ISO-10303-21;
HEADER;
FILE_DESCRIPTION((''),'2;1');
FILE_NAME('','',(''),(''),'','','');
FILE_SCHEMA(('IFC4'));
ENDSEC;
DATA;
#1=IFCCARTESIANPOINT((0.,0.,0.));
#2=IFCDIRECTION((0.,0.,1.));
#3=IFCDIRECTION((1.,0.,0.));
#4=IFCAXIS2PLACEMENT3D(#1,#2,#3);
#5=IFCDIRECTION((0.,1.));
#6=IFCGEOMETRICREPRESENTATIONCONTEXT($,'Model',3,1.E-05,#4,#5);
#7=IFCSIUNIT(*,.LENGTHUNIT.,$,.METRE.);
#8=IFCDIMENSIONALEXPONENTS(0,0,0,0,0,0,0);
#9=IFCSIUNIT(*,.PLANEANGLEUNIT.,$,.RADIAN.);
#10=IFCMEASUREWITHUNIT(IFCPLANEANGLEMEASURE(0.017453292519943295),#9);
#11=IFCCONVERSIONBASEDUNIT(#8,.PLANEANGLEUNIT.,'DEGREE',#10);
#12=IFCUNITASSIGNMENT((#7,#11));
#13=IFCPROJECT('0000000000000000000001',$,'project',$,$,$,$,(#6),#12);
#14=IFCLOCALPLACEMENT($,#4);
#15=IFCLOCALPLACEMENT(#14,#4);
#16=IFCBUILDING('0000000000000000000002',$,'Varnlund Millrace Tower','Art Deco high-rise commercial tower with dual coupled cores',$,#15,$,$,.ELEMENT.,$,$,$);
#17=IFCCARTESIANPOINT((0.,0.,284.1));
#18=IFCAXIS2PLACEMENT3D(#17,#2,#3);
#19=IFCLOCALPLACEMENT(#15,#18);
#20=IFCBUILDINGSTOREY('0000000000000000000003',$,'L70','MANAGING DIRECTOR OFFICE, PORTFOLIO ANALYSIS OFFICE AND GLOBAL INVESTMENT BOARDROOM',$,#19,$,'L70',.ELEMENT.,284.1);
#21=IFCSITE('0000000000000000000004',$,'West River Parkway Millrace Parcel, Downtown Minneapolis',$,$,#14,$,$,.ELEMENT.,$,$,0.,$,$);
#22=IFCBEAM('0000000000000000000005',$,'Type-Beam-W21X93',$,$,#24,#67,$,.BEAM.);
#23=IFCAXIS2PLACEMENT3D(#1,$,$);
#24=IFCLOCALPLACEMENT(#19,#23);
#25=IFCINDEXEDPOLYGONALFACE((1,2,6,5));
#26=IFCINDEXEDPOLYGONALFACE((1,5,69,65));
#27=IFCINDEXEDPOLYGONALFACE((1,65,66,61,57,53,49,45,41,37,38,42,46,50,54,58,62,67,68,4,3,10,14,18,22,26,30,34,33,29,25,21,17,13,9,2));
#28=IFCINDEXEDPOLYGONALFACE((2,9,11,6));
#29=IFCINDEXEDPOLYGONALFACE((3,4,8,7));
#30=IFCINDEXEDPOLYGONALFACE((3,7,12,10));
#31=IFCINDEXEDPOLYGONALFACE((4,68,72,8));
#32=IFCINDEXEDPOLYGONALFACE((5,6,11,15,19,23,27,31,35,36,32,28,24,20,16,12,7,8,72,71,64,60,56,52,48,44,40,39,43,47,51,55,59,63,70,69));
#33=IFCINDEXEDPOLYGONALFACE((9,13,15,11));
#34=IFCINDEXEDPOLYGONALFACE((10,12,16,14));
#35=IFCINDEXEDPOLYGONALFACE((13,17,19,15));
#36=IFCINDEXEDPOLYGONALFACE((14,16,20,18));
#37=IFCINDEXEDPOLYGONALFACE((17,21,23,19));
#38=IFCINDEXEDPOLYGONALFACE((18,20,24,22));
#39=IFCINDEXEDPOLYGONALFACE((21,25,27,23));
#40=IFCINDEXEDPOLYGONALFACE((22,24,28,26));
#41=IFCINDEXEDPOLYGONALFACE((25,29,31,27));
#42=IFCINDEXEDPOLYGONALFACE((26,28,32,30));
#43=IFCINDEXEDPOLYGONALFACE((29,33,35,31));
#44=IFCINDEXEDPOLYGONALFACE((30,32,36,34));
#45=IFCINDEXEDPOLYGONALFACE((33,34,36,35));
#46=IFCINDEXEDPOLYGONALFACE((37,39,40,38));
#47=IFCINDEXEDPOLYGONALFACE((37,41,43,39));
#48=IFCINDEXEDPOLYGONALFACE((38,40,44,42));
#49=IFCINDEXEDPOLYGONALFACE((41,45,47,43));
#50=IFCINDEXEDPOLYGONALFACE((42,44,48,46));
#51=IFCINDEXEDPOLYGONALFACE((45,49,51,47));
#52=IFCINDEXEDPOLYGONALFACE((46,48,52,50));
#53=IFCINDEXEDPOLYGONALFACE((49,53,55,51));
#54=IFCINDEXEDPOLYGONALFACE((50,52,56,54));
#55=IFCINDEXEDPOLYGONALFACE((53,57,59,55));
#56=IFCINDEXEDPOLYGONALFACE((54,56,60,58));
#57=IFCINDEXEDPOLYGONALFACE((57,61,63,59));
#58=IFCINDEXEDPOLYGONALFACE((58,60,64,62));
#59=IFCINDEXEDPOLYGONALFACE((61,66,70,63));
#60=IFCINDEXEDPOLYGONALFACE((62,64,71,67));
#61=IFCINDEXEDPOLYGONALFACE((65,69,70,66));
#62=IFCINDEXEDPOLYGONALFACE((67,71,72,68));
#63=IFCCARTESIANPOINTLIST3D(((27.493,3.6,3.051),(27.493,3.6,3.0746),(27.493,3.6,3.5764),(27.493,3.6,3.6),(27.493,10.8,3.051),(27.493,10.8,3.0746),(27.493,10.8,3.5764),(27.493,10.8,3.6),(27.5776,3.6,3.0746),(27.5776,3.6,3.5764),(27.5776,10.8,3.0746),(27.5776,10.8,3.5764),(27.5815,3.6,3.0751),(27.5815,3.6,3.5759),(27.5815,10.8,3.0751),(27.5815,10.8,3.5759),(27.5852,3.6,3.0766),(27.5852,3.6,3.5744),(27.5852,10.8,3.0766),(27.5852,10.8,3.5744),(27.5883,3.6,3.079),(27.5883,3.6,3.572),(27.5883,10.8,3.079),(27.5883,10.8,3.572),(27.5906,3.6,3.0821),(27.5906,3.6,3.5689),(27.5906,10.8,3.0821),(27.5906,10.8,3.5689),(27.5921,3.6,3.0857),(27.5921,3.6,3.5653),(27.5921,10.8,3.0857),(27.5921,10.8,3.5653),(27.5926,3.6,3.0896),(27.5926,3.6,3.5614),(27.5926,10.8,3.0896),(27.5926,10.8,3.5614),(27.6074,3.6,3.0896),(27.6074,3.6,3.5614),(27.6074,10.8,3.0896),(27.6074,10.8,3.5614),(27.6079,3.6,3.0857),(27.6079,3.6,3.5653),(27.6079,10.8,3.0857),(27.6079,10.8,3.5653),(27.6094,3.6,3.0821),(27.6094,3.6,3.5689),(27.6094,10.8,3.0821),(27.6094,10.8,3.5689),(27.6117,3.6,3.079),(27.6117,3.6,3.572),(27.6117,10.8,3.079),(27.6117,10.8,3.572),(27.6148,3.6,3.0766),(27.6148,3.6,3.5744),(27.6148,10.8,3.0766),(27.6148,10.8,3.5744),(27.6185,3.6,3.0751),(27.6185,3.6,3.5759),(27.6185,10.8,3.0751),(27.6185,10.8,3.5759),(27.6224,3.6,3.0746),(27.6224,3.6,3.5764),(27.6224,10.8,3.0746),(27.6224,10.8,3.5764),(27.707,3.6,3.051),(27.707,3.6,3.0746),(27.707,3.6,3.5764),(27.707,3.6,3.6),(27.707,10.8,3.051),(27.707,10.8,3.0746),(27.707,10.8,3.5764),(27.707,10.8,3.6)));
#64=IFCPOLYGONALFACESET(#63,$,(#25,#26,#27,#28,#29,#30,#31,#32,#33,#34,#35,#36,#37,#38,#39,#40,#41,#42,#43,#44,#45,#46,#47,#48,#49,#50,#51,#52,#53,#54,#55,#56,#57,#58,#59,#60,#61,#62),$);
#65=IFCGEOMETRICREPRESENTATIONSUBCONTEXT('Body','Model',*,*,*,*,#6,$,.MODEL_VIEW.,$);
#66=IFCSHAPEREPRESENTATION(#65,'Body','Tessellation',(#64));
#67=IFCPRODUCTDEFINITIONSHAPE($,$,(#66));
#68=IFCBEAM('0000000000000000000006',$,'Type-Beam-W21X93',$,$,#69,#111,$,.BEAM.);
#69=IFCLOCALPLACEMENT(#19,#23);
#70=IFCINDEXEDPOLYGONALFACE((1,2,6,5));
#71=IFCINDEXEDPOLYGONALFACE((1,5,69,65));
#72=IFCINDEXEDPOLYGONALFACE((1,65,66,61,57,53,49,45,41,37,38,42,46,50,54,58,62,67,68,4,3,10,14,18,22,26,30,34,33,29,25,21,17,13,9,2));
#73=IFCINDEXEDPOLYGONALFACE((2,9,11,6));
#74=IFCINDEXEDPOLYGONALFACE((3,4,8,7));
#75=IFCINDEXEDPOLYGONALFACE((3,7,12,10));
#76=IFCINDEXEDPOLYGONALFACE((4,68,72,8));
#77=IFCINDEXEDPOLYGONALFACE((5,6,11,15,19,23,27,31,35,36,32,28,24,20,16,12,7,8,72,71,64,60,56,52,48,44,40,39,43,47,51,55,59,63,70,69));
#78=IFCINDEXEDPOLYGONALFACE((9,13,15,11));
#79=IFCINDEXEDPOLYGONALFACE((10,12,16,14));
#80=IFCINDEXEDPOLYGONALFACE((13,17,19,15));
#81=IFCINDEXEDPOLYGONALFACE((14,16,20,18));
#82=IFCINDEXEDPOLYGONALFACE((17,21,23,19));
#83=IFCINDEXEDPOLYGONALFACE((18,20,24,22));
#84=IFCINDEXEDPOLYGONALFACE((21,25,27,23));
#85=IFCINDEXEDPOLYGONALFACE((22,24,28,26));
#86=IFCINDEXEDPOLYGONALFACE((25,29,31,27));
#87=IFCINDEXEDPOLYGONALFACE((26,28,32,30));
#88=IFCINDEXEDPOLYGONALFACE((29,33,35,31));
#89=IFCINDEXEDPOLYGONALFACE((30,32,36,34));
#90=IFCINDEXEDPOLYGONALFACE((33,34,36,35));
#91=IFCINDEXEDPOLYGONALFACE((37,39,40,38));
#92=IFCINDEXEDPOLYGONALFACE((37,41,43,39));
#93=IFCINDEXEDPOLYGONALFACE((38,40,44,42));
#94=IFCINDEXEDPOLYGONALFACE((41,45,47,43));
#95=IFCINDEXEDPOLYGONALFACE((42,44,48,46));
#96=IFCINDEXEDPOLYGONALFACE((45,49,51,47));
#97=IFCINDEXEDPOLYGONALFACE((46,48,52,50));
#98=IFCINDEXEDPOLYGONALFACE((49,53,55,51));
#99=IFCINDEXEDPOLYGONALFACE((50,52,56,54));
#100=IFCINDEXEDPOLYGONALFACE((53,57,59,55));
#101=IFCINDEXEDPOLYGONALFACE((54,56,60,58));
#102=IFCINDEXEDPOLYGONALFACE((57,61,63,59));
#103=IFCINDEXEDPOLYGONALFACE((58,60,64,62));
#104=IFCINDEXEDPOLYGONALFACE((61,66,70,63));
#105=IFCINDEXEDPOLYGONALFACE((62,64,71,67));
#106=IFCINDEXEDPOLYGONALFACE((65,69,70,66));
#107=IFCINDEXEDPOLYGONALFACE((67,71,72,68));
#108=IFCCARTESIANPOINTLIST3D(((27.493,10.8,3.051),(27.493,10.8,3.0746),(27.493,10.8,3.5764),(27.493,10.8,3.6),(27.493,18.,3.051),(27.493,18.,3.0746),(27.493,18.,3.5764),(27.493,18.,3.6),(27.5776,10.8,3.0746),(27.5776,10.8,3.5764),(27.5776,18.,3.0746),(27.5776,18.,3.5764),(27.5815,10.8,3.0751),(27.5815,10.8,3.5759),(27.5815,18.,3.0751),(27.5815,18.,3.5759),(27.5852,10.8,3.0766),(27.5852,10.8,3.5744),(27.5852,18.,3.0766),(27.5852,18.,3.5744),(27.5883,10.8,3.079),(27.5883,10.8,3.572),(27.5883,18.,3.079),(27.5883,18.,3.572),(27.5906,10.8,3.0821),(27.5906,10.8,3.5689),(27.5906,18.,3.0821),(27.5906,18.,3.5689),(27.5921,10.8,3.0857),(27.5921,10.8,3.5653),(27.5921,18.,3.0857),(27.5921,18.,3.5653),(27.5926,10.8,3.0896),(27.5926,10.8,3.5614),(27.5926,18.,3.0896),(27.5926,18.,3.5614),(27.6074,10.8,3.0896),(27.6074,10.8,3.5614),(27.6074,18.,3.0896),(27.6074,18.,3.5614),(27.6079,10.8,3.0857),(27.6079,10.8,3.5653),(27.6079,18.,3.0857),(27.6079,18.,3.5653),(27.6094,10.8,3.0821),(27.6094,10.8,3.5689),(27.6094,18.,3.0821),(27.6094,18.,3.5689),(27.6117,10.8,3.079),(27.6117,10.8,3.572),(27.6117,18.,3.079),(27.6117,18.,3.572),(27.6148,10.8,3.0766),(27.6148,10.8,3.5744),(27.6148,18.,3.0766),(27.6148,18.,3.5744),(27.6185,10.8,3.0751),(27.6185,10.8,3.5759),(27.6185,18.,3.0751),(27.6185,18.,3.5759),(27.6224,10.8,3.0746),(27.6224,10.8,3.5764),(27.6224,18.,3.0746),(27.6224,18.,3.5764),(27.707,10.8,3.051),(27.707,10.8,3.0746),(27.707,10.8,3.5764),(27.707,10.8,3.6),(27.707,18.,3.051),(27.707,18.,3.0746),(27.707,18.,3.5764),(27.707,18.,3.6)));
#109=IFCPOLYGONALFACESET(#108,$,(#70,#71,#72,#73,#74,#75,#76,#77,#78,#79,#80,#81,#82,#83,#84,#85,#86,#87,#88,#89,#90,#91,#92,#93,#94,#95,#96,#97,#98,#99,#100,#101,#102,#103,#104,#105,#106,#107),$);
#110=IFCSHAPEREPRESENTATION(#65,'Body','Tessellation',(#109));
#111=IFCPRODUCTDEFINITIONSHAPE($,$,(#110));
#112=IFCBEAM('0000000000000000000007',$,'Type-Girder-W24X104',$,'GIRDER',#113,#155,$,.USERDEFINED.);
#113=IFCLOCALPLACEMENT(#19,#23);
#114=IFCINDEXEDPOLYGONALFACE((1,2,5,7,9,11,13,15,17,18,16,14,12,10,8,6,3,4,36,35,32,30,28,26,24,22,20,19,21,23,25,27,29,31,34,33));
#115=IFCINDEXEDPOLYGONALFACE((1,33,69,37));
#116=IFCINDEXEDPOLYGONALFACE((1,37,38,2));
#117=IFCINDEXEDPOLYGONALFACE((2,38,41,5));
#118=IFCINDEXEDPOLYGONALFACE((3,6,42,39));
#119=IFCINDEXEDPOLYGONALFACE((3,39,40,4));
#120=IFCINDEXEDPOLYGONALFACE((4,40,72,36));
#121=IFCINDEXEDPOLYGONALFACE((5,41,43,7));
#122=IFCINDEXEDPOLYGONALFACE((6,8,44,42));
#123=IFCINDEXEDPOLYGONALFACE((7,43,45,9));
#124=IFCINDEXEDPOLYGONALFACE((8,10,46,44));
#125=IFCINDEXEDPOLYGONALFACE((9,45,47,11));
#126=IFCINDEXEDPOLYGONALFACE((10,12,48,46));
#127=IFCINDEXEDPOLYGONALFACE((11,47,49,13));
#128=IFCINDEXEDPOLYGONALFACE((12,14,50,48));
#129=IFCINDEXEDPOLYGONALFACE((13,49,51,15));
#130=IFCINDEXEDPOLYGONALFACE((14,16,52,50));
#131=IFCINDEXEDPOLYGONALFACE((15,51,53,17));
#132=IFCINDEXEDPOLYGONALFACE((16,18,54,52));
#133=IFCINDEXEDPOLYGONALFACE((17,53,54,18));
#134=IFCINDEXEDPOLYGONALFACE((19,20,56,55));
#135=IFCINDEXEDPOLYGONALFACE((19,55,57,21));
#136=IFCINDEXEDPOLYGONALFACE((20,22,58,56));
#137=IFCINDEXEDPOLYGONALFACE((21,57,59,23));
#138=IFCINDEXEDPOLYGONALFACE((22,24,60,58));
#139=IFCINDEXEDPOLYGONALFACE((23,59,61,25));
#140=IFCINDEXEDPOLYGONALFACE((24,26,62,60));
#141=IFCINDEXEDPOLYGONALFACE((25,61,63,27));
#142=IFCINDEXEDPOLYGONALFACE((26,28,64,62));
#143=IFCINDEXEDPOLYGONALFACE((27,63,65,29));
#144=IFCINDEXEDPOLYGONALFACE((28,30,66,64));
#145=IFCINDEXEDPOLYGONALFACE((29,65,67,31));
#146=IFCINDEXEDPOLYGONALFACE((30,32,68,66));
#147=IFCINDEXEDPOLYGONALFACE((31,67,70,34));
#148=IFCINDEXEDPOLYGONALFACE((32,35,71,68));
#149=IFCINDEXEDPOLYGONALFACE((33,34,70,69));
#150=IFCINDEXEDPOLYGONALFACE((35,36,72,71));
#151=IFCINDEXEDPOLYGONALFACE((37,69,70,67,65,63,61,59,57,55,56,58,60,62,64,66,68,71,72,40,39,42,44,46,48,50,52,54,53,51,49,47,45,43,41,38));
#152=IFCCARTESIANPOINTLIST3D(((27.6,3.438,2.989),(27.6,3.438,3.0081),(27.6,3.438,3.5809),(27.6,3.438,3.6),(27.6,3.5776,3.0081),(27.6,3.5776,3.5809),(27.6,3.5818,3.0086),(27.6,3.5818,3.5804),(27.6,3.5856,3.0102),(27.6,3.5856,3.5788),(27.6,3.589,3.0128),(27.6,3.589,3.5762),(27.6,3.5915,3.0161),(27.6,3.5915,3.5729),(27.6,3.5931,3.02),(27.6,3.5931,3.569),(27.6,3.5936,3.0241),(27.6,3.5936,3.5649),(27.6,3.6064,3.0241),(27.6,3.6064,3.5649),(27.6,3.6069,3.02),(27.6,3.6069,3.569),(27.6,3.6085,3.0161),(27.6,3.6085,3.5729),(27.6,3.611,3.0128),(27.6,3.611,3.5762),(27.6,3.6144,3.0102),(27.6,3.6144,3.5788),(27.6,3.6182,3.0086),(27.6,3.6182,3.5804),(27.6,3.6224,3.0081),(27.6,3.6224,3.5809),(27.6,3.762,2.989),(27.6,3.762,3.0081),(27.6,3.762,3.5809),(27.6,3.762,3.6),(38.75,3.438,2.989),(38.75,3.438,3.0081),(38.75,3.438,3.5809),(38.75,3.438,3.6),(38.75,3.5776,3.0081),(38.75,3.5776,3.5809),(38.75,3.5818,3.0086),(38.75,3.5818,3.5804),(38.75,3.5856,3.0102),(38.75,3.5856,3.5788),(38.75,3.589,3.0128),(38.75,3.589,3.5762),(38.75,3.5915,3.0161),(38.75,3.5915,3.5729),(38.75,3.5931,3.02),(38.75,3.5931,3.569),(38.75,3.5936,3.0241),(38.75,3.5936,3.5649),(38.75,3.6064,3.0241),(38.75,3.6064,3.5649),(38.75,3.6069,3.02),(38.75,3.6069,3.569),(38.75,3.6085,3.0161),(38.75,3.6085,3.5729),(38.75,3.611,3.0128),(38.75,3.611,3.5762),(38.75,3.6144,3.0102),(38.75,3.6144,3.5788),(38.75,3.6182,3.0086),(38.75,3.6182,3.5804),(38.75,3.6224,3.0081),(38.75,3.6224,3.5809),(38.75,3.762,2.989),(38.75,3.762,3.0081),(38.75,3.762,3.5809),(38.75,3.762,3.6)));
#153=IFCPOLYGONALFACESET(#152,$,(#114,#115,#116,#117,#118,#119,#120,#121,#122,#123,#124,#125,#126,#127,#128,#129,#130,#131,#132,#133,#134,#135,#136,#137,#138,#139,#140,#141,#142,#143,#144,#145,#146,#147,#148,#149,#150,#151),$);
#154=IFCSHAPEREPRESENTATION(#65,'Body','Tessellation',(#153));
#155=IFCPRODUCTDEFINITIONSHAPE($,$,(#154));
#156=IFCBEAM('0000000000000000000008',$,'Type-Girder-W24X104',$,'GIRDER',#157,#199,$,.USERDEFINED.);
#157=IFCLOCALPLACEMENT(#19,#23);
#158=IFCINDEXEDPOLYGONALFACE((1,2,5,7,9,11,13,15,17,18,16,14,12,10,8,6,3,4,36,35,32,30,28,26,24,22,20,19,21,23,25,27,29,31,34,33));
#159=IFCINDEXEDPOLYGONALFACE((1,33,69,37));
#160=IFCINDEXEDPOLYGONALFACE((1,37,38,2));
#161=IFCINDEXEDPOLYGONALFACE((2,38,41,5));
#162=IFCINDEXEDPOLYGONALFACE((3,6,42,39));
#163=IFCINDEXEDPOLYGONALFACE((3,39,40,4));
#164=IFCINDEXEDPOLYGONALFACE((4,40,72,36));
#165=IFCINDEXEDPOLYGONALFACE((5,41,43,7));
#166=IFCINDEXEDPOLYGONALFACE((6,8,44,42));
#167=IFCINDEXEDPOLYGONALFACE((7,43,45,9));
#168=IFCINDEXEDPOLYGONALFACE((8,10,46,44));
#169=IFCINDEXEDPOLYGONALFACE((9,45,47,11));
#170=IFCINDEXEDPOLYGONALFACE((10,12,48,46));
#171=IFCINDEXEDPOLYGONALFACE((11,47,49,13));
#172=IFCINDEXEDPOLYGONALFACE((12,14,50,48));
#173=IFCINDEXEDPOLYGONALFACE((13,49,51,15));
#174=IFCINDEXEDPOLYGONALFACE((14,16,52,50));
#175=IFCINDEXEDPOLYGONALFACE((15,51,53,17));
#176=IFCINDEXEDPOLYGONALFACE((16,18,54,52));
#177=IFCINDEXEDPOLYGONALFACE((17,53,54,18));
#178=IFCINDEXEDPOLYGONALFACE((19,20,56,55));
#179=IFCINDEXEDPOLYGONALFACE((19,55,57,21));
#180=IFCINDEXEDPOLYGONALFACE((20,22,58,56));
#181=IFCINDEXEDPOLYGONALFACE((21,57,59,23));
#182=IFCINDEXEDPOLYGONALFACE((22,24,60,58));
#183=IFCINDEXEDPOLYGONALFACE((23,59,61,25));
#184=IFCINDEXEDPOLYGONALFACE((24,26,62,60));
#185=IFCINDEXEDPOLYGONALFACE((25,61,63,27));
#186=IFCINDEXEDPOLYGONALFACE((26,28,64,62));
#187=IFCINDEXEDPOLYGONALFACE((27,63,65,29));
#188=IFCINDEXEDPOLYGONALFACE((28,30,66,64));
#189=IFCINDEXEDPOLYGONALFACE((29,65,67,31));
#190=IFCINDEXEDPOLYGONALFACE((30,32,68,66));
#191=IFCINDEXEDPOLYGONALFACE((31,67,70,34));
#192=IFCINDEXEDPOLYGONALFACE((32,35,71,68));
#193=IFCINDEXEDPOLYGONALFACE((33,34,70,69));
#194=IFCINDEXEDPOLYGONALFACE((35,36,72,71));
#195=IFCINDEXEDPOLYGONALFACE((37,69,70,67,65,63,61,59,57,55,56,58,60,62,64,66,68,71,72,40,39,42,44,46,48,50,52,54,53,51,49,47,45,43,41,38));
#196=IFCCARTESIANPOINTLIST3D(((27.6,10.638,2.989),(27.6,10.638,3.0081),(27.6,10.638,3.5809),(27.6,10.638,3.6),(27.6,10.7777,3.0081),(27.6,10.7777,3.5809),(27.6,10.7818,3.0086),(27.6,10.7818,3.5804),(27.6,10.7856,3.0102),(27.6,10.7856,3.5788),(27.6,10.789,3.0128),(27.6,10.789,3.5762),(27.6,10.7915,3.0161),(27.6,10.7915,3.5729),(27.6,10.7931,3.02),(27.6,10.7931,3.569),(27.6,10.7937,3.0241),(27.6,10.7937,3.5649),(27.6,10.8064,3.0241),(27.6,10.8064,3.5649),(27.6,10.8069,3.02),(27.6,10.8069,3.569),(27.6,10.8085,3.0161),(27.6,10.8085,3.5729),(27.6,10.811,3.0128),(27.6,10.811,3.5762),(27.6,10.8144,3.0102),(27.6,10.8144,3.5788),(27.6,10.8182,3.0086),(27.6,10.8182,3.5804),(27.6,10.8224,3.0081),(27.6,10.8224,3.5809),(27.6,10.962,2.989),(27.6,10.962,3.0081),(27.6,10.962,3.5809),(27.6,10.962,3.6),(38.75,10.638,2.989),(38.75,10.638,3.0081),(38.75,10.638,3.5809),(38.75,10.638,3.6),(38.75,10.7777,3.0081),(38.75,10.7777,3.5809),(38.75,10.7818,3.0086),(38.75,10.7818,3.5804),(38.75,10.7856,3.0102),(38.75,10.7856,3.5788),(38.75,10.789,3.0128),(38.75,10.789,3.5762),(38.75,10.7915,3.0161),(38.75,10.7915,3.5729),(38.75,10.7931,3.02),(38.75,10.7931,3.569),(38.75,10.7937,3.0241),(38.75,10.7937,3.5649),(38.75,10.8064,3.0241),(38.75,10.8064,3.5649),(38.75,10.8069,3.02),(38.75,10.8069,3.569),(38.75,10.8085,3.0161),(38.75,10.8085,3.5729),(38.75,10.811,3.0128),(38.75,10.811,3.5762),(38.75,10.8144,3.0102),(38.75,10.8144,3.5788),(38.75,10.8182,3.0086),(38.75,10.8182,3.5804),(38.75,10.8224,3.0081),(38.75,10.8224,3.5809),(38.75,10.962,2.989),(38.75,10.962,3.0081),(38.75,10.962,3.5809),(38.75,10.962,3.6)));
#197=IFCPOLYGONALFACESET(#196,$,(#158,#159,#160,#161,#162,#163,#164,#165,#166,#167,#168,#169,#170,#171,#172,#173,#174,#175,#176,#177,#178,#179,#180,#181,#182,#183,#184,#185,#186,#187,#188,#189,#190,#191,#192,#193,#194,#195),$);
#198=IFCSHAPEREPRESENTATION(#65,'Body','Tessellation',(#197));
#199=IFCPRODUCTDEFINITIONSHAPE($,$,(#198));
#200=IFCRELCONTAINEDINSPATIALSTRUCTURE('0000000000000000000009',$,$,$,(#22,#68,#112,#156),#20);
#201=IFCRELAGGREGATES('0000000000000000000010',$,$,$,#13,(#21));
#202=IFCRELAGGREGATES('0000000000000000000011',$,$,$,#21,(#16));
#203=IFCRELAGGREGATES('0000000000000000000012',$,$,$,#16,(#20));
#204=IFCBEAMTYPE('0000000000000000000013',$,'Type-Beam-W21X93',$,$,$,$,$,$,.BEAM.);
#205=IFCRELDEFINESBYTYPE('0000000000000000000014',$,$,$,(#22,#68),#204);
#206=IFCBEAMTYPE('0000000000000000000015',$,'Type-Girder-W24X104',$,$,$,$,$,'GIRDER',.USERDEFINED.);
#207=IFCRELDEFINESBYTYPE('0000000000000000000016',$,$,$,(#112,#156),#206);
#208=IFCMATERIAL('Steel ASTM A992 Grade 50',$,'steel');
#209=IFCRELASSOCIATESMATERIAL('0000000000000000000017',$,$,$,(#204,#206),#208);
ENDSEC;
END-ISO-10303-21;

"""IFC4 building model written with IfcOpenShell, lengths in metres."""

from ifc_helpers import new_model, entity, si_unit, converted_unit, direction, frame, origin_with_axes, origin_2d_with_axis, place, context, subcontext, project, spatial, i_section, extrude, material, material_profile, profile_set, type_object, element, save


model = new_model("IFC4")

# Units and contexts
model_context = context("Model", 3, precision=1e-05, world=origin_with_axes(), true_north=direction((0.0, 1.0)))
body_context = subcontext(model_context, "Body", "Model", "MODEL_VIEW")
ifc_project = project(units=[si_unit("LENGTHUNIT", "METRE"), converted_unit("PLANEANGLEUNIT", "DEGREE", entity("IfcPlaneAngleMeasure", 0.017453292519943295), si_unit("PLANEANGLEUNIT", "RADIAN"), dimensions=[0, 0, 0, 0, 0, 0, 0])], contexts=[model_context])

# Site, building, storey
site_placement = place(None, origin_with_axes())
site = spatial("IfcSite", under=ifc_project, at=site_placement, Name="West River Parkway Millrace Parcel, Downtown Minneapolis", CompositionType="ELEMENT", RefElevation=0.0)
building_placement = place(site_placement, origin_with_axes())
building = spatial("IfcBuilding", under=site, at=building_placement, Name="Varnlund Millrace Tower", Description="Art Deco high-rise commercial tower with dual coupled cores", CompositionType="ELEMENT")
storey_placement = place(building_placement, frame((0.0, 0.0, 284.1), z_axis=(0.0, 0.0, 1.0), x_axis=(1.0, 0.0, 0.0)))
storey = spatial("IfcBuildingStorey", under=building, at=storey_placement, Name="L70", Description="MANAGING DIRECTOR OFFICE, PORTFOLIO ANALYSIS OFFICE AND GLOBAL INVESTMENT BOARDROOM", LongName="L70", CompositionType="ELEMENT", Elevation=284.1)

# Beams
ifc_material_1 = material(Name="Steel ASTM A992 Grade 50", Category="steel")
ifc_material_profile_1 = material_profile(ifc_material_1, i_section(OverallWidth=0.214, OverallDepth=0.549, WebThickness=0.0147, FlangeThickness=0.0236, FilletRadius=0.015, at=origin_2d_with_axis()), Name="Steel ASTM A992 Grade 50")
ifc_profile_set_1 = profile_set([ifc_material_profile_1], Name="Steel ASTM A992 Grade 50")
beam_type_1 = type_object("IfcBeamType", Name="Type-Beam-W21X93", PredefinedType="BEAM", material=ifc_profile_set_1)
for number, where, z_axis, x_axis, name in (
    (1, (27.6, 3.6, 3.3255), (0.0, 1.0, 0.0), (-1.0, 0.0, 0.0), "Type-Beam-W21X93"),
    (2, (27.6, 10.8, 3.3255), (0.0, 1.0, 0.0), (-1.0, 0.0, 0.0), "Type-Beam-W21X93"),
):
    element("IfcBeam", number, at=place(storey_placement, frame(where, z_axis=z_axis, x_axis=x_axis)), inside=storey, type_object=beam_type_1, Name=name, PredefinedType="BEAM", context=body_context, shape_type="SweptSolid", body=[
        extrude(i_section(OverallWidth=0.214, OverallDepth=0.549, WebThickness=0.0147, FlangeThickness=0.0236, FilletRadius=0.015, at=origin_2d_with_axis()), origin_with_axes(), (0.0, 0.0, 1.0), 7.2),
    ])
ifc_material_profile_2 = material_profile(ifc_material_1, i_section(OverallWidth=0.324, OverallDepth=0.611, WebThickness=0.0127, FlangeThickness=0.0191, FilletRadius=0.016, at=origin_2d_with_axis()), Name="Steel ASTM A992 Grade 50")
ifc_profile_set_2 = profile_set([ifc_material_profile_2], Name="Steel ASTM A992 Grade 50")
beam_type_2 = type_object("IfcBeamType", Name="Type-Girder-W24X104", ElementType="GIRDER", PredefinedType="USERDEFINED", material=ifc_profile_set_2)
for number, where, z_axis, x_axis, name in (
    (3, (27.6, 3.6, 3.2945), (1.0, 0.0, 0.0), (0.0, 1.0, 0.0), "Type-Girder-W24X104"),
    (4, (27.6, 10.8, 3.2945), (1.0, 0.0, 0.0), (0.0, 1.0, 0.0), "Type-Girder-W24X104"),
):
    element("IfcBeam", number, at=place(storey_placement, frame(where, z_axis=z_axis, x_axis=x_axis)), inside=storey, type_object=beam_type_2, Name=name, ObjectType="GIRDER", PredefinedType="USERDEFINED", context=body_context, shape_type="SweptSolid", body=[
        extrude(i_section(OverallWidth=0.324, OverallDepth=0.611, WebThickness=0.0127, FlangeThickness=0.0191, FilletRadius=0.016, at=origin_2d_with_axis()), origin_with_axes(), (0.0, 0.0, 1.0), 11.15),
    ])

save(model, "model.ifc")
